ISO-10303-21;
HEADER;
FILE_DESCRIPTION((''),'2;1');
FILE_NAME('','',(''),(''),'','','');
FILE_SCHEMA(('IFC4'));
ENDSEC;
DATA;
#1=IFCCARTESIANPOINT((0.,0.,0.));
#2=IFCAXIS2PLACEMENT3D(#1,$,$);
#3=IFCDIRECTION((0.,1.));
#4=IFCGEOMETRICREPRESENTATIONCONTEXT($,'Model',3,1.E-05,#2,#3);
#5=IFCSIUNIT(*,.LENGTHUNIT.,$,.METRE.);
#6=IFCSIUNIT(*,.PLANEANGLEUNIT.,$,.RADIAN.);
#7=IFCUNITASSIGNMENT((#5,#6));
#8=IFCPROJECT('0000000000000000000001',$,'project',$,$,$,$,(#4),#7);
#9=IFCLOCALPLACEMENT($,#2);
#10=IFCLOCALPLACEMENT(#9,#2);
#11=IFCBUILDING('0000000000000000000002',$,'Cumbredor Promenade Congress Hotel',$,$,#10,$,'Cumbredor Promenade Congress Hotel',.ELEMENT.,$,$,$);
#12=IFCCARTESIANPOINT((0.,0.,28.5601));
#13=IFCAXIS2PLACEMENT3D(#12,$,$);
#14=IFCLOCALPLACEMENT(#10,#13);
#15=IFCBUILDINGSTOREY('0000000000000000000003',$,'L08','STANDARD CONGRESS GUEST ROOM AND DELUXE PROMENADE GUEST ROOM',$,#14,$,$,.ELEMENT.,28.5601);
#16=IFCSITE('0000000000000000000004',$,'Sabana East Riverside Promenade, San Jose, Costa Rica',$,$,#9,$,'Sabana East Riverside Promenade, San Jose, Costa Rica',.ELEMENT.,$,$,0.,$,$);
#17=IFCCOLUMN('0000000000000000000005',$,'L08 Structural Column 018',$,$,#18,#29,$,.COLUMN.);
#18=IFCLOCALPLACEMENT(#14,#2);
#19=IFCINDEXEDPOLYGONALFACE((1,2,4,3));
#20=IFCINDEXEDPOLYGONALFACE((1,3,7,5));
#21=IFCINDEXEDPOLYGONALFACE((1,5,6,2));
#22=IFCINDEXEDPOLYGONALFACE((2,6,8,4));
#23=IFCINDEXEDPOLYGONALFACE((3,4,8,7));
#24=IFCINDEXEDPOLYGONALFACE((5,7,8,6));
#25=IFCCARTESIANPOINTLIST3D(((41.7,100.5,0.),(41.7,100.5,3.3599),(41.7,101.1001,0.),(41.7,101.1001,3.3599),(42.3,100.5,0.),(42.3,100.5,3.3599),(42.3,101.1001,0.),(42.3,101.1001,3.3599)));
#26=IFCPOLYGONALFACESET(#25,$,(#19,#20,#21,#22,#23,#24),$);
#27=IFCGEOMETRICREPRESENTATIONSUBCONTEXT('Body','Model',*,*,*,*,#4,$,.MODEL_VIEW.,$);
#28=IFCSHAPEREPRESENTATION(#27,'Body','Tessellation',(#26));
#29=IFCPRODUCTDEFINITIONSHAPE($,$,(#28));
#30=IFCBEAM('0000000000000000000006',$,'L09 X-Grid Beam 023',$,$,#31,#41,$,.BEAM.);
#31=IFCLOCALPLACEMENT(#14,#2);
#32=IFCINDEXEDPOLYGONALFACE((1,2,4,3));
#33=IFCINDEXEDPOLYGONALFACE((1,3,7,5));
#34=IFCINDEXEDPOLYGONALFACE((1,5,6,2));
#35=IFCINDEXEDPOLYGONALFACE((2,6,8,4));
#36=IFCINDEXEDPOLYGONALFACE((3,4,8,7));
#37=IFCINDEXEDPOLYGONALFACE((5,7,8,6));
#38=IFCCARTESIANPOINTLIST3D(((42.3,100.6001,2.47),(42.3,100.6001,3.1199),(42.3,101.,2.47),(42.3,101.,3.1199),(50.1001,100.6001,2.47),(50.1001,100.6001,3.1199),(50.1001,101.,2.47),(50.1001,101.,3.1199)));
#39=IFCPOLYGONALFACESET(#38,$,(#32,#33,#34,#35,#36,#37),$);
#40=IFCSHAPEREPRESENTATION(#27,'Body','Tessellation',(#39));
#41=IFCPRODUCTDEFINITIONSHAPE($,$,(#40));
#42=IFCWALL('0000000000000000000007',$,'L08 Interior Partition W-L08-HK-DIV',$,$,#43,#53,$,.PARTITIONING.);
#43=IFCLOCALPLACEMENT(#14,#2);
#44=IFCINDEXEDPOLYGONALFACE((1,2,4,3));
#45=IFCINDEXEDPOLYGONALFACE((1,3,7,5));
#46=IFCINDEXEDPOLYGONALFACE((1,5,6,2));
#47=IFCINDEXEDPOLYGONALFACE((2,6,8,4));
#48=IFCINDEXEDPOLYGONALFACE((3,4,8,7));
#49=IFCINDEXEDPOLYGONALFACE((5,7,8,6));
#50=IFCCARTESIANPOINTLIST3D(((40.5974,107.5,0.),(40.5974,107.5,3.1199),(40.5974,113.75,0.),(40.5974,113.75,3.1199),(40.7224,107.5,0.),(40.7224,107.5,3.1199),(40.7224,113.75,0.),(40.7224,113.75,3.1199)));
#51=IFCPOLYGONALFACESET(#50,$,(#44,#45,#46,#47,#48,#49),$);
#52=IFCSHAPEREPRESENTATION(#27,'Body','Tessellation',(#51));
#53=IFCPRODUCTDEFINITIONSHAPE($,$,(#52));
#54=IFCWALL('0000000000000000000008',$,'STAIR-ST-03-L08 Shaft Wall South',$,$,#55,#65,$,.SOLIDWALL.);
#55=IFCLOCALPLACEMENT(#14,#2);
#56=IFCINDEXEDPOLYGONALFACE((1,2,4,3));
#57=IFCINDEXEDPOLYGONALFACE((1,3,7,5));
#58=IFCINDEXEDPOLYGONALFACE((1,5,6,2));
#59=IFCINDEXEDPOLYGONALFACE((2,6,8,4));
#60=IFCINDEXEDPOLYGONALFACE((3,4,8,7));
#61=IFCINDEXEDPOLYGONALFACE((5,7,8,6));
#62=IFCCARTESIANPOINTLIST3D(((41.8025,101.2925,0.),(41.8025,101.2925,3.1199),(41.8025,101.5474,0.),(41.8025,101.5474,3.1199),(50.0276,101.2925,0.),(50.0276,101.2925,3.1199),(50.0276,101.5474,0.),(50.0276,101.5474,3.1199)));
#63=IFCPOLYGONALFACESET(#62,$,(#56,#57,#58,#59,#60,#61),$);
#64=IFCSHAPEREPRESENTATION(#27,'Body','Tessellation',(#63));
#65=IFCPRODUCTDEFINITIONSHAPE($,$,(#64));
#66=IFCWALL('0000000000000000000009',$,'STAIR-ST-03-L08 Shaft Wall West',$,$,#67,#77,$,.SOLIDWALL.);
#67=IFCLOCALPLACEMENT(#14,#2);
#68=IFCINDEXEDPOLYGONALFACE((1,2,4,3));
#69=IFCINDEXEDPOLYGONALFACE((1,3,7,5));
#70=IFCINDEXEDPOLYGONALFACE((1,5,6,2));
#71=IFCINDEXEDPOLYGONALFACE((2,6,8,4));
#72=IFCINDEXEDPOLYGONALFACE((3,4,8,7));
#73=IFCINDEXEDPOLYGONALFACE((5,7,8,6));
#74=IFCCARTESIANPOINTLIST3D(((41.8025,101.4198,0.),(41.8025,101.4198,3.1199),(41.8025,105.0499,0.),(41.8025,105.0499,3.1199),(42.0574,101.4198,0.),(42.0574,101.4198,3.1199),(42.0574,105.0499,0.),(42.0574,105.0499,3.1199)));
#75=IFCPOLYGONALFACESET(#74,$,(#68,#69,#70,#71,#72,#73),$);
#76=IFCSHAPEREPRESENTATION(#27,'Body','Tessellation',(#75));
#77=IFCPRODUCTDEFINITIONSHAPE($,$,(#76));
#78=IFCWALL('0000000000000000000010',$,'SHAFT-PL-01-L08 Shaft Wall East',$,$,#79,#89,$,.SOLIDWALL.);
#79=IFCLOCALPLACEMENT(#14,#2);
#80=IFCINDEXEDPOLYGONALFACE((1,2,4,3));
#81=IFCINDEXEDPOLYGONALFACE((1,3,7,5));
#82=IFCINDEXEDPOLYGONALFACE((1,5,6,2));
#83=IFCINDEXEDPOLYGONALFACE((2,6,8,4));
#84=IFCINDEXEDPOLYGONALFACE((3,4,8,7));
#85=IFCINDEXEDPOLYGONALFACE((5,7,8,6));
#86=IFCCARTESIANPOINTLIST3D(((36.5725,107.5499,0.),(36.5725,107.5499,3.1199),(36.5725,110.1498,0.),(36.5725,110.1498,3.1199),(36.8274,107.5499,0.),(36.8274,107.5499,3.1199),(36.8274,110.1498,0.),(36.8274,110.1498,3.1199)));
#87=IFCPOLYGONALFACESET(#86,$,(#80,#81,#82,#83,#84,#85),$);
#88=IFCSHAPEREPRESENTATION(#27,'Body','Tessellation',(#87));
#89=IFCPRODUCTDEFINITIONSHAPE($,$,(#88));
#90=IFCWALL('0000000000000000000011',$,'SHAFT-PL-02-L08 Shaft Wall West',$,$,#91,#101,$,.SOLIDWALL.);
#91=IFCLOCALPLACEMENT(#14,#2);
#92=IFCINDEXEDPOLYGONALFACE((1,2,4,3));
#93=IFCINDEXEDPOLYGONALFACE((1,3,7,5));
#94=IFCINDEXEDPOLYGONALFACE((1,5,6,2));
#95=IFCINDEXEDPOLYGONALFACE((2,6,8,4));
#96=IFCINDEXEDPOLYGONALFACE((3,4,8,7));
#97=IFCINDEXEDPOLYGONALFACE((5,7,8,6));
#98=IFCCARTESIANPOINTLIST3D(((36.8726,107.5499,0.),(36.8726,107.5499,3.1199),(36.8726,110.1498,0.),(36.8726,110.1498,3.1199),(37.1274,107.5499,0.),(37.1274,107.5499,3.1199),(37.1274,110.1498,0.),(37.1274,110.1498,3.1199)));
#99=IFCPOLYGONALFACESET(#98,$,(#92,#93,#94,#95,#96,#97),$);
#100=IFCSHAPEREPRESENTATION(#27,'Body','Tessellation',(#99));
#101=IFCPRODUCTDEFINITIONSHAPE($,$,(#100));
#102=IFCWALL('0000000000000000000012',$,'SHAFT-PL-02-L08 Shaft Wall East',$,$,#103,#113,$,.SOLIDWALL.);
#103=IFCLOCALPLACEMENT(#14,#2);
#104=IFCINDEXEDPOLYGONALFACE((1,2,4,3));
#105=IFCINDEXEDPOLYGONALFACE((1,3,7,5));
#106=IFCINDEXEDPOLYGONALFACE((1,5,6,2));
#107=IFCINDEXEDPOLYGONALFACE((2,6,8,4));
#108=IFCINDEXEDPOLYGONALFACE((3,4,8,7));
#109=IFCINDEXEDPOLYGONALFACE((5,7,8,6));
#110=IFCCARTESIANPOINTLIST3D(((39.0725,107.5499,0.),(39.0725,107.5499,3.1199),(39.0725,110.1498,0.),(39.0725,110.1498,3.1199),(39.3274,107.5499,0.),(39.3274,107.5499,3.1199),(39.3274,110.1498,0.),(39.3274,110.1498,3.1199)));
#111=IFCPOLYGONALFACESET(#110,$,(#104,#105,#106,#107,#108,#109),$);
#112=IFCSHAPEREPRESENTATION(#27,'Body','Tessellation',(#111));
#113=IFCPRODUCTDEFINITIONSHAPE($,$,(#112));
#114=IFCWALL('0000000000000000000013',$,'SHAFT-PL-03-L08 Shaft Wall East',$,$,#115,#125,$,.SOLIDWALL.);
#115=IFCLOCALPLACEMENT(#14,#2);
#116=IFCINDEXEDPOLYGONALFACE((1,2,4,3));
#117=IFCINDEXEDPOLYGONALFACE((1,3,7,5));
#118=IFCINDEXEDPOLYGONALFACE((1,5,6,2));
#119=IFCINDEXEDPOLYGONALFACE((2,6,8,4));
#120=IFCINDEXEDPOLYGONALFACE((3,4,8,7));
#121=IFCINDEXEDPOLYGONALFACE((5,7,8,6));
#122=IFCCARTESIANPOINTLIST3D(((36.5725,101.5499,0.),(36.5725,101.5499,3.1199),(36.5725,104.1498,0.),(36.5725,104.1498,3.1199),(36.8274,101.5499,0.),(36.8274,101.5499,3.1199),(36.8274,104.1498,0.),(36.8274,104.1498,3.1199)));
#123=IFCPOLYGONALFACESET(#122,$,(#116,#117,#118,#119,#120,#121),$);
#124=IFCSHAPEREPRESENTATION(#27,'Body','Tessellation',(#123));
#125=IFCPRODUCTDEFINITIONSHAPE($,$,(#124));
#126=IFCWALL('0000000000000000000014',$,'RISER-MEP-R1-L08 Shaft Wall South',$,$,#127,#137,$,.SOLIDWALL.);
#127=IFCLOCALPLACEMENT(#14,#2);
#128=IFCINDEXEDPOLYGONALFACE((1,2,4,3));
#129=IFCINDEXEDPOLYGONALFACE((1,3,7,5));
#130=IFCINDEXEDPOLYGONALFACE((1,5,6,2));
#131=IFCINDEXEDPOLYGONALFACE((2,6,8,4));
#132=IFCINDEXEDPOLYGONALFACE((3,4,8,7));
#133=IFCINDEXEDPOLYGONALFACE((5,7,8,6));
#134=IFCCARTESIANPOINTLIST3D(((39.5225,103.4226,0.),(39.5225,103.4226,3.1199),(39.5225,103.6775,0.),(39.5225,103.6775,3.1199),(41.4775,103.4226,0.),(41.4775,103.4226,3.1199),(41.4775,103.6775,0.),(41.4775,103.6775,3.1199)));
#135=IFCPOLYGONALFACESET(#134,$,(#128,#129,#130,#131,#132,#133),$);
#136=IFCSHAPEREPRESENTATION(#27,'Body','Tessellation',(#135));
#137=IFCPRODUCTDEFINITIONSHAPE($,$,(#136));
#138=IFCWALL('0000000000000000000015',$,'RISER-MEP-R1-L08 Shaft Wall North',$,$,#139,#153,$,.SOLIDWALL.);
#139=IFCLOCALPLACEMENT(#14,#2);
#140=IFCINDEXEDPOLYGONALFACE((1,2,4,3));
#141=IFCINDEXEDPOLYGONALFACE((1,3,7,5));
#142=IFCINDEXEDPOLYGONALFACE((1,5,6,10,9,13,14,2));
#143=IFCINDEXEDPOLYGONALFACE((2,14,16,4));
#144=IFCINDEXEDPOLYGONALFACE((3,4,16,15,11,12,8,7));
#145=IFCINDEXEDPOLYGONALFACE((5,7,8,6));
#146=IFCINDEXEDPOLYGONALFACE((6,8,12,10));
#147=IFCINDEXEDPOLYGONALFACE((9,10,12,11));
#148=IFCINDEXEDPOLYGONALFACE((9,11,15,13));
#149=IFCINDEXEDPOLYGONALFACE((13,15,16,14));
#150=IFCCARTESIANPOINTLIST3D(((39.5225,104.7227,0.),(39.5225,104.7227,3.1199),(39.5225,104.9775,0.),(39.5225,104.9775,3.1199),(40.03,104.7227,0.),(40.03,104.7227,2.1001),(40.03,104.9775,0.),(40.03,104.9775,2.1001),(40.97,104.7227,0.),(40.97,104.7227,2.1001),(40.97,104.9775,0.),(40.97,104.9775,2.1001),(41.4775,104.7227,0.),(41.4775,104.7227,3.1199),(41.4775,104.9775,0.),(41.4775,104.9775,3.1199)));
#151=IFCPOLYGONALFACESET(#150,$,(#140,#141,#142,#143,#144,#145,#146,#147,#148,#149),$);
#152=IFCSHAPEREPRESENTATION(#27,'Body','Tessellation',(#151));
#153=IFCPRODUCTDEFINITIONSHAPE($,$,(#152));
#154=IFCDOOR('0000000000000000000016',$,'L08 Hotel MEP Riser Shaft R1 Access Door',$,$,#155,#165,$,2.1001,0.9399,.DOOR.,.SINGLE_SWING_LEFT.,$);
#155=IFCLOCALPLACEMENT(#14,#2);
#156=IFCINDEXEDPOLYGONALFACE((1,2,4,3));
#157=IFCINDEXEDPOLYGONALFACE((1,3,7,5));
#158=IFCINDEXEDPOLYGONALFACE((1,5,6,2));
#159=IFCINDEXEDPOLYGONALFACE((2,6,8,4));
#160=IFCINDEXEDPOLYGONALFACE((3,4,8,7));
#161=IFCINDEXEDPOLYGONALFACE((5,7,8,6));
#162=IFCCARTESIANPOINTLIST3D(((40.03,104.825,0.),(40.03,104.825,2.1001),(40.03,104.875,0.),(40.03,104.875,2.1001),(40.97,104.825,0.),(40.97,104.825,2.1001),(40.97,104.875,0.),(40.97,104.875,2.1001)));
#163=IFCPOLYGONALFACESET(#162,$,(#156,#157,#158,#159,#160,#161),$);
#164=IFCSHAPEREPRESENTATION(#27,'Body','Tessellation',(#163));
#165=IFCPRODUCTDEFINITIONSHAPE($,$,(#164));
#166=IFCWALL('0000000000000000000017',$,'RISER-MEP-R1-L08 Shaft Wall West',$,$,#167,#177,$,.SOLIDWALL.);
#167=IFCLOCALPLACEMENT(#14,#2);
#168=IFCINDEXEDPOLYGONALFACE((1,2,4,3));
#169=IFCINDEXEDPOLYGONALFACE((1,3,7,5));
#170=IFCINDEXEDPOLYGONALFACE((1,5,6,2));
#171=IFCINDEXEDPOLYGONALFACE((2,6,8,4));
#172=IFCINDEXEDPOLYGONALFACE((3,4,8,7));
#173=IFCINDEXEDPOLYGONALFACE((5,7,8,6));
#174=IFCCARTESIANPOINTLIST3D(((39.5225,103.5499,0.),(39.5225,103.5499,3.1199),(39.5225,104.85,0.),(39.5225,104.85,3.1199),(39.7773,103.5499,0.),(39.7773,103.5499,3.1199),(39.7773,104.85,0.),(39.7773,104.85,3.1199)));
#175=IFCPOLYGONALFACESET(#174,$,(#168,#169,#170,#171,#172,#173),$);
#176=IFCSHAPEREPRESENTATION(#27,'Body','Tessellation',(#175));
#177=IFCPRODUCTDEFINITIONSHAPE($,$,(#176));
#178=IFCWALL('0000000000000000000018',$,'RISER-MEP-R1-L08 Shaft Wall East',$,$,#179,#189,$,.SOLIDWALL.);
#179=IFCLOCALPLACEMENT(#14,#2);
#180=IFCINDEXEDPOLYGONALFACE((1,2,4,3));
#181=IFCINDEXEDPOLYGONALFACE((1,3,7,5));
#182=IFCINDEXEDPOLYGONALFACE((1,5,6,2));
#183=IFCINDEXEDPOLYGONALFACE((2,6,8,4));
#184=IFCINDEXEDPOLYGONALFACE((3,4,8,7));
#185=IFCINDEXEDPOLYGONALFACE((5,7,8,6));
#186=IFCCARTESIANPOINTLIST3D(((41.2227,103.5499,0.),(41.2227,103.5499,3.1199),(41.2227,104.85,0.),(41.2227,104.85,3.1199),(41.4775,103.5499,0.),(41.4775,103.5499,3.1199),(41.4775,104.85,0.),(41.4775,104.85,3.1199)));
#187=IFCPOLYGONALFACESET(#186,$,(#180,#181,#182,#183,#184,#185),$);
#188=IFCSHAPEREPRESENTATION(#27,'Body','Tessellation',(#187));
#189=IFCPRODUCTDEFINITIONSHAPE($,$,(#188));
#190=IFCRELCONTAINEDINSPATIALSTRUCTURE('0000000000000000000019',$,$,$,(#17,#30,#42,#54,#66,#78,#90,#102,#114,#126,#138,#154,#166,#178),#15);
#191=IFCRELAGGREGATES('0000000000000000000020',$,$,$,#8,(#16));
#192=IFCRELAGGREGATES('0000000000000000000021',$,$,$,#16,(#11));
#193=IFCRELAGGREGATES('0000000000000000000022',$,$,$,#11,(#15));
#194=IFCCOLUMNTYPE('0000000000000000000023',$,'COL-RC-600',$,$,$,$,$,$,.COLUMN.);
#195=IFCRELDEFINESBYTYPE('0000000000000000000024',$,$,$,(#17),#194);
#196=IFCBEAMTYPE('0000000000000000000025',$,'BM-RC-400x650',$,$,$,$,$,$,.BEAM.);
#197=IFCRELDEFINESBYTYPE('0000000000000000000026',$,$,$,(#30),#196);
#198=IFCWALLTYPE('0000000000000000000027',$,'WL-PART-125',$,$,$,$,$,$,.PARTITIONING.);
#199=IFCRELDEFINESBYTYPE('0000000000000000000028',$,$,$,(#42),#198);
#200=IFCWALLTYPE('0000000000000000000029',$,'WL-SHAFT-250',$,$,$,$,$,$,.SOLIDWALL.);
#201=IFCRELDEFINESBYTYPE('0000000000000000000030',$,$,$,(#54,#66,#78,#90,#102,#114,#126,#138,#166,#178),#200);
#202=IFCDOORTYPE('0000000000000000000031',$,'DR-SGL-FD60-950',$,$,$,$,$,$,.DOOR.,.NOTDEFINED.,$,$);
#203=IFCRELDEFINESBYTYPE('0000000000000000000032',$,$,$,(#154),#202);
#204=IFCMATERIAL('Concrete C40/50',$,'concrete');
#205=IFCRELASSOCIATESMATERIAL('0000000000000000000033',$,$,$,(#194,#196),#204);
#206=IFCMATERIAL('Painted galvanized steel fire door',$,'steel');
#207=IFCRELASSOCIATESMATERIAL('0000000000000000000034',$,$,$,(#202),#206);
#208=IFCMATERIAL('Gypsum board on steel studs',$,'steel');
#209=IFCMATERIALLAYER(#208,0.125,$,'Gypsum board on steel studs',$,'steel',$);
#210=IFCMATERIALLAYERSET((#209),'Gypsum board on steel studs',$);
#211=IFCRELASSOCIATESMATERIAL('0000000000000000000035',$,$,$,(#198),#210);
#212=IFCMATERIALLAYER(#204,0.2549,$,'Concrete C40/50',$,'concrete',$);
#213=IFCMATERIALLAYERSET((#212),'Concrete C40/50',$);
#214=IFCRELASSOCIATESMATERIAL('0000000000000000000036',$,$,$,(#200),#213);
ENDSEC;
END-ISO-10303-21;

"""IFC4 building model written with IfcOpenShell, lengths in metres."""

from ifc_helpers import new_model, si_unit, direction, frame, frame_2d, origin, origin_2d, place, context, subcontext, project, spatial, rectangle, extrude, material, layer, layer_set, material_profile, profile_set, type_object, element, fill, save


model = new_model("IFC4")

# Units and contexts
model_context = context("Model", 3, precision=1e-05, world=origin(), true_north=direction((0.0, 1.0)))
body_context = subcontext(model_context, "Body", "Model", "MODEL_VIEW")
ifc_project = project(units=[si_unit("LENGTHUNIT", "METRE"), si_unit("PLANEANGLEUNIT", "RADIAN")], contexts=[model_context])

# Site, building, storey
site_placement = place(None, origin())
site = spatial("IfcSite", under=ifc_project, at=site_placement, Name="Sabana East Riverside Promenade, San Jose, Costa Rica", LongName="Sabana East Riverside Promenade, San Jose, Costa Rica", CompositionType="ELEMENT", RefElevation=0.0)
building_placement = place(site_placement, origin())
building = spatial("IfcBuilding", under=site, at=building_placement, Name="Cumbredor Promenade Congress Hotel", LongName="Cumbredor Promenade Congress Hotel", CompositionType="ELEMENT")
storey_placement = place(building_placement, frame((0.0, 0.0, 28.5601)))
storey = spatial("IfcBuildingStorey", under=building, at=storey_placement, Name="L08", Description="STANDARD CONGRESS GUEST ROOM AND DELUXE PROMENADE GUEST ROOM", CompositionType="ELEMENT", Elevation=28.5601)

# Column
ifc_material_1 = material(Name="Concrete C40/50", Category="concrete")
ifc_material_profile_1 = material_profile(ifc_material_1, rectangle(XDim=0.6001, YDim=0.6001, at=origin_2d()), Name="RC 600x600")
ifc_profile_set_1 = profile_set([ifc_material_profile_1], Name="Concrete C40/50")
column_type = type_object("IfcColumnType", Name="COL-RC-600", PredefinedType="COLUMN", material=ifc_profile_set_1)
column_placement = place(storey_placement, frame((42.0, 100.8, 0.0), z_axis=(0.0, 0.0, 1.0), x_axis=(1.0, 0.0, 0.0)))
element("IfcColumn", 1, at=column_placement, inside=storey, type_object=column_type, Name="L08 Structural Column 018", PredefinedType="COLUMN", context=body_context, shape_type="SweptSolid", body=[
    extrude(rectangle(XDim=0.6001, YDim=0.6001, at=origin_2d()), origin(), (0.0, 0.0, 1.0), 3.3599),
])

# Beam
ifc_material_profile_2 = material_profile(ifc_material_1, rectangle(XDim=0.3999, YDim=0.6499, at=origin_2d()), Name="RC BEAM 400x650")
ifc_profile_set_2 = profile_set([ifc_material_profile_2], Name="Concrete C40/50")
beam_type = type_object("IfcBeamType", Name="BM-RC-400x650", PredefinedType="BEAM", material=ifc_profile_set_2)
beam_placement = place(storey_placement, frame((42.3, 100.8, 2.7949), z_axis=(1.0, 0.0, 0.0), x_axis=(0.0, 1.0, 0.0)))
element("IfcBeam", 2, at=beam_placement, inside=storey, type_object=beam_type, Name="L09 X-Grid Beam 023", PredefinedType="BEAM", context=body_context, shape_type="SweptSolid", body=[
    extrude(rectangle(XDim=0.3999, YDim=0.6499, at=origin_2d()), origin(), (0.0, 0.0, 1.0), 7.8),
])

# Shared definitions
ifc_material_2 = material(Name="Painted galvanized steel fire door", Category="steel")
door_type_1 = type_object("IfcDoorType", Name="DR-SGL-FD60-950", OperationType="NOTDEFINED", PredefinedType="DOOR", material=ifc_material_2)

# Walls
ifc_material_3 = material(Name="Gypsum board on steel studs", Category="steel")
ifc_layer_1 = layer(ifc_material_3, 0.125, Name="Gypsum board on steel studs", Category="steel")
ifc_layer_set_1 = layer_set([ifc_layer_1], Name="Gypsum board on steel studs")
wall_type_1 = type_object("IfcWallType", Name="WL-PART-125", PredefinedType="PARTITIONING", material=ifc_layer_set_1)
wall_1_placement = place(storey_placement, frame((40.6599, 107.5, 0.0), z_axis=(0.0, 0.0, 1.0), x_axis=(0.0, 1.0, 0.0)))
element("IfcWall", 3, at=wall_1_placement, inside=storey, type_object=wall_type_1, Name="L08 Interior Partition W-L08-HK-DIV", PredefinedType="PARTITIONING", context=body_context, shape_type="SweptSolid", body=[
    extrude(rectangle(XDim=6.25, YDim=0.125, at=frame_2d((3.125, 0.0))), origin(), (0.0, 0.0, 1.0), 3.1199),
])
ifc_layer_2 = layer(ifc_material_1, 0.2549, Name="Concrete C40/50", Category="concrete")
ifc_layer_set_2 = layer_set([ifc_layer_2], Name="Concrete C40/50")
wall_type_2 = type_object("IfcWallType", Name="WL-SHAFT-250", PredefinedType="SOLIDWALL", material=ifc_layer_set_2)
wall_2_placement = place(storey_placement, frame((41.8025, 101.4199, 0.0), z_axis=(0.0, 0.0, 1.0), x_axis=(1.0, 0.0, 0.0)))
element("IfcWall", 4, at=wall_2_placement, inside=storey, type_object=wall_type_2, Name="STAIR-ST-03-L08 Shaft Wall South", PredefinedType="SOLIDWALL", context=body_context, shape_type="SweptSolid", body=[
    extrude(rectangle(XDim=8.2251, YDim=0.2549, at=frame_2d((4.1125, 0.0))), origin(), (0.0, 0.0, 1.0), 3.1199),
])

# Walls
wall_3_placement = place(storey_placement, frame((41.9299, 101.4199, 0.0), z_axis=(0.0, 0.0, 1.0), x_axis=(0.0, 1.0, 0.0)))
element("IfcWall", 5, at=wall_3_placement, inside=storey, type_object=wall_type_2, Name="STAIR-ST-03-L08 Shaft Wall West", PredefinedType="SOLIDWALL", context=body_context, shape_type="SweptSolid", body=[
    extrude(rectangle(XDim=3.6301, YDim=0.2549, at=frame_2d((1.8149, 0.0))), origin(), (0.0, 0.0, 1.0), 3.1199),
])
wall_4_placement = place(storey_placement, frame((36.7, 107.55, 0.0), z_axis=(0.0, 0.0, 1.0), x_axis=(0.0, 1.0, 0.0)))
element("IfcWall", 6, at=wall_4_placement, inside=storey, type_object=wall_type_2, Name="SHAFT-PL-01-L08 Shaft Wall East", PredefinedType="SOLIDWALL", context=body_context, shape_type="SweptSolid", body=[
    extrude(rectangle(XDim=2.5999, YDim=0.2549, at=frame_2d((1.2998, 0.0))), origin(), (0.0, 0.0, 1.0), 3.1199),
])

# Walls
for number, where, z_axis, x_axis, name in (
    (7, (37.0, 107.55, 0.0), (0.0, 0.0, 1.0), (0.0, 1.0, 0.0), "SHAFT-PL-02-L08 Shaft Wall West"),
    (8, (39.2, 107.55, 0.0), (0.0, 0.0, 1.0), (0.0, 1.0, 0.0), "SHAFT-PL-02-L08 Shaft Wall East"),
    (9, (36.7, 101.55, 0.0), (0.0, 0.0, 1.0), (0.0, 1.0, 0.0), "SHAFT-PL-03-L08 Shaft Wall East"),
):
    element("IfcWall", number, at=place(storey_placement, frame(where, z_axis=z_axis, x_axis=x_axis)), inside=storey, type_object=wall_type_2, Name=name, PredefinedType="SOLIDWALL", context=body_context, shape_type="SweptSolid", body=[
        extrude(rectangle(XDim=2.5999, YDim=0.2549, at=frame_2d((1.2998, 0.0))), origin(), (0.0, 0.0, 1.0), 3.1199),
    ])
wall_5_placement = place(storey_placement, frame((39.5225, 103.55, 0.0), z_axis=(0.0, 0.0, 1.0), x_axis=(1.0, 0.0, 0.0)))
element("IfcWall", 10, at=wall_5_placement, inside=storey, type_object=wall_type_2, Name="RISER-MEP-R1-L08 Shaft Wall South", PredefinedType="SOLIDWALL", context=body_context, shape_type="SweptSolid", body=[
    extrude(rectangle(XDim=1.9551, YDim=0.2549, at=frame_2d((0.9775, 0.0))), origin(), (0.0, 0.0, 1.0), 3.1199),
])

# Wall, opening, door
wall_6_placement = place(storey_placement, frame((39.5225, 104.8501, 0.0), z_axis=(0.0, 0.0, 1.0), x_axis=(1.0, 0.0, 0.0)))
wall_6 = element("IfcWall", 11, at=wall_6_placement, inside=storey, type_object=wall_type_2, Name="RISER-MEP-R1-L08 Shaft Wall North", PredefinedType="SOLIDWALL", context=body_context, shape_type="SweptSolid", body=[
    extrude(rectangle(XDim=1.9551, YDim=0.2549, at=frame_2d((0.9775, 0.0))), origin(), (0.0, 0.0, 1.0), 3.1199),
])
opening_1_placement = place(wall_6_placement, frame((0.5076, 0.0, 0.0)))
opening_1 = element("IfcOpeningElement", 12, at=opening_1_placement, cuts=wall_6, PredefinedType="OPENING", context=body_context, shape_type="SweptSolid", body=[
    extrude(rectangle(XDim=0.9399, YDim=2.1001, at=frame_2d((0.47, 1.05))), frame((0.0, 0.1375, 0.0), z_axis=(0.0, -1.0, 0.0), x_axis=(1.0, 0.0, 0.0)), (0.0, 0.0, 1.0), 0.2749),
])
door_1_placement = place(opening_1_placement, origin())
door_1 = element("IfcDoor", 13, at=door_1_placement, inside=storey, type_object=door_type_1, Name="L08 Hotel MEP Riser Shaft R1 Access Door", OperationType="SINGLE_SWING_LEFT", OverallHeight=2.1001, OverallWidth=0.9399, PredefinedType="DOOR", context=body_context, shape_type="SweptSolid", body=[
    extrude(rectangle(XDim=0.9399, YDim=2.1001, at=frame_2d((0.47, 1.05))), frame((0.0, 0.0249, 0.0), z_axis=(0.0, -1.0, 0.0), x_axis=(1.0, 0.0, 0.0)), (0.0, 0.0, 1.0), 0.05),
])
fill(opening_1, door_1)

# Walls
for number, where, z_axis, x_axis, name in (
    (14, (39.6499, 103.55, 0.0), (0.0, 0.0, 1.0), (0.0, 1.0, 0.0), "RISER-MEP-R1-L08 Shaft Wall West"),
    (15, (41.3501, 103.55, 0.0), (0.0, 0.0, 1.0), (0.0, 1.0, 0.0), "RISER-MEP-R1-L08 Shaft Wall East"),
):
    element("IfcWall", number, at=place(storey_placement, frame(where, z_axis=z_axis, x_axis=x_axis)), inside=storey, type_object=wall_type_2, Name=name, PredefinedType="SOLIDWALL", context=body_context, shape_type="SweptSolid", body=[
        extrude(rectangle(XDim=1.3, YDim=0.2549, at=frame_2d((0.6499, 0.0))), origin(), (0.0, 0.0, 1.0), 3.1199),
    ])

save(model, "model.ifc")
